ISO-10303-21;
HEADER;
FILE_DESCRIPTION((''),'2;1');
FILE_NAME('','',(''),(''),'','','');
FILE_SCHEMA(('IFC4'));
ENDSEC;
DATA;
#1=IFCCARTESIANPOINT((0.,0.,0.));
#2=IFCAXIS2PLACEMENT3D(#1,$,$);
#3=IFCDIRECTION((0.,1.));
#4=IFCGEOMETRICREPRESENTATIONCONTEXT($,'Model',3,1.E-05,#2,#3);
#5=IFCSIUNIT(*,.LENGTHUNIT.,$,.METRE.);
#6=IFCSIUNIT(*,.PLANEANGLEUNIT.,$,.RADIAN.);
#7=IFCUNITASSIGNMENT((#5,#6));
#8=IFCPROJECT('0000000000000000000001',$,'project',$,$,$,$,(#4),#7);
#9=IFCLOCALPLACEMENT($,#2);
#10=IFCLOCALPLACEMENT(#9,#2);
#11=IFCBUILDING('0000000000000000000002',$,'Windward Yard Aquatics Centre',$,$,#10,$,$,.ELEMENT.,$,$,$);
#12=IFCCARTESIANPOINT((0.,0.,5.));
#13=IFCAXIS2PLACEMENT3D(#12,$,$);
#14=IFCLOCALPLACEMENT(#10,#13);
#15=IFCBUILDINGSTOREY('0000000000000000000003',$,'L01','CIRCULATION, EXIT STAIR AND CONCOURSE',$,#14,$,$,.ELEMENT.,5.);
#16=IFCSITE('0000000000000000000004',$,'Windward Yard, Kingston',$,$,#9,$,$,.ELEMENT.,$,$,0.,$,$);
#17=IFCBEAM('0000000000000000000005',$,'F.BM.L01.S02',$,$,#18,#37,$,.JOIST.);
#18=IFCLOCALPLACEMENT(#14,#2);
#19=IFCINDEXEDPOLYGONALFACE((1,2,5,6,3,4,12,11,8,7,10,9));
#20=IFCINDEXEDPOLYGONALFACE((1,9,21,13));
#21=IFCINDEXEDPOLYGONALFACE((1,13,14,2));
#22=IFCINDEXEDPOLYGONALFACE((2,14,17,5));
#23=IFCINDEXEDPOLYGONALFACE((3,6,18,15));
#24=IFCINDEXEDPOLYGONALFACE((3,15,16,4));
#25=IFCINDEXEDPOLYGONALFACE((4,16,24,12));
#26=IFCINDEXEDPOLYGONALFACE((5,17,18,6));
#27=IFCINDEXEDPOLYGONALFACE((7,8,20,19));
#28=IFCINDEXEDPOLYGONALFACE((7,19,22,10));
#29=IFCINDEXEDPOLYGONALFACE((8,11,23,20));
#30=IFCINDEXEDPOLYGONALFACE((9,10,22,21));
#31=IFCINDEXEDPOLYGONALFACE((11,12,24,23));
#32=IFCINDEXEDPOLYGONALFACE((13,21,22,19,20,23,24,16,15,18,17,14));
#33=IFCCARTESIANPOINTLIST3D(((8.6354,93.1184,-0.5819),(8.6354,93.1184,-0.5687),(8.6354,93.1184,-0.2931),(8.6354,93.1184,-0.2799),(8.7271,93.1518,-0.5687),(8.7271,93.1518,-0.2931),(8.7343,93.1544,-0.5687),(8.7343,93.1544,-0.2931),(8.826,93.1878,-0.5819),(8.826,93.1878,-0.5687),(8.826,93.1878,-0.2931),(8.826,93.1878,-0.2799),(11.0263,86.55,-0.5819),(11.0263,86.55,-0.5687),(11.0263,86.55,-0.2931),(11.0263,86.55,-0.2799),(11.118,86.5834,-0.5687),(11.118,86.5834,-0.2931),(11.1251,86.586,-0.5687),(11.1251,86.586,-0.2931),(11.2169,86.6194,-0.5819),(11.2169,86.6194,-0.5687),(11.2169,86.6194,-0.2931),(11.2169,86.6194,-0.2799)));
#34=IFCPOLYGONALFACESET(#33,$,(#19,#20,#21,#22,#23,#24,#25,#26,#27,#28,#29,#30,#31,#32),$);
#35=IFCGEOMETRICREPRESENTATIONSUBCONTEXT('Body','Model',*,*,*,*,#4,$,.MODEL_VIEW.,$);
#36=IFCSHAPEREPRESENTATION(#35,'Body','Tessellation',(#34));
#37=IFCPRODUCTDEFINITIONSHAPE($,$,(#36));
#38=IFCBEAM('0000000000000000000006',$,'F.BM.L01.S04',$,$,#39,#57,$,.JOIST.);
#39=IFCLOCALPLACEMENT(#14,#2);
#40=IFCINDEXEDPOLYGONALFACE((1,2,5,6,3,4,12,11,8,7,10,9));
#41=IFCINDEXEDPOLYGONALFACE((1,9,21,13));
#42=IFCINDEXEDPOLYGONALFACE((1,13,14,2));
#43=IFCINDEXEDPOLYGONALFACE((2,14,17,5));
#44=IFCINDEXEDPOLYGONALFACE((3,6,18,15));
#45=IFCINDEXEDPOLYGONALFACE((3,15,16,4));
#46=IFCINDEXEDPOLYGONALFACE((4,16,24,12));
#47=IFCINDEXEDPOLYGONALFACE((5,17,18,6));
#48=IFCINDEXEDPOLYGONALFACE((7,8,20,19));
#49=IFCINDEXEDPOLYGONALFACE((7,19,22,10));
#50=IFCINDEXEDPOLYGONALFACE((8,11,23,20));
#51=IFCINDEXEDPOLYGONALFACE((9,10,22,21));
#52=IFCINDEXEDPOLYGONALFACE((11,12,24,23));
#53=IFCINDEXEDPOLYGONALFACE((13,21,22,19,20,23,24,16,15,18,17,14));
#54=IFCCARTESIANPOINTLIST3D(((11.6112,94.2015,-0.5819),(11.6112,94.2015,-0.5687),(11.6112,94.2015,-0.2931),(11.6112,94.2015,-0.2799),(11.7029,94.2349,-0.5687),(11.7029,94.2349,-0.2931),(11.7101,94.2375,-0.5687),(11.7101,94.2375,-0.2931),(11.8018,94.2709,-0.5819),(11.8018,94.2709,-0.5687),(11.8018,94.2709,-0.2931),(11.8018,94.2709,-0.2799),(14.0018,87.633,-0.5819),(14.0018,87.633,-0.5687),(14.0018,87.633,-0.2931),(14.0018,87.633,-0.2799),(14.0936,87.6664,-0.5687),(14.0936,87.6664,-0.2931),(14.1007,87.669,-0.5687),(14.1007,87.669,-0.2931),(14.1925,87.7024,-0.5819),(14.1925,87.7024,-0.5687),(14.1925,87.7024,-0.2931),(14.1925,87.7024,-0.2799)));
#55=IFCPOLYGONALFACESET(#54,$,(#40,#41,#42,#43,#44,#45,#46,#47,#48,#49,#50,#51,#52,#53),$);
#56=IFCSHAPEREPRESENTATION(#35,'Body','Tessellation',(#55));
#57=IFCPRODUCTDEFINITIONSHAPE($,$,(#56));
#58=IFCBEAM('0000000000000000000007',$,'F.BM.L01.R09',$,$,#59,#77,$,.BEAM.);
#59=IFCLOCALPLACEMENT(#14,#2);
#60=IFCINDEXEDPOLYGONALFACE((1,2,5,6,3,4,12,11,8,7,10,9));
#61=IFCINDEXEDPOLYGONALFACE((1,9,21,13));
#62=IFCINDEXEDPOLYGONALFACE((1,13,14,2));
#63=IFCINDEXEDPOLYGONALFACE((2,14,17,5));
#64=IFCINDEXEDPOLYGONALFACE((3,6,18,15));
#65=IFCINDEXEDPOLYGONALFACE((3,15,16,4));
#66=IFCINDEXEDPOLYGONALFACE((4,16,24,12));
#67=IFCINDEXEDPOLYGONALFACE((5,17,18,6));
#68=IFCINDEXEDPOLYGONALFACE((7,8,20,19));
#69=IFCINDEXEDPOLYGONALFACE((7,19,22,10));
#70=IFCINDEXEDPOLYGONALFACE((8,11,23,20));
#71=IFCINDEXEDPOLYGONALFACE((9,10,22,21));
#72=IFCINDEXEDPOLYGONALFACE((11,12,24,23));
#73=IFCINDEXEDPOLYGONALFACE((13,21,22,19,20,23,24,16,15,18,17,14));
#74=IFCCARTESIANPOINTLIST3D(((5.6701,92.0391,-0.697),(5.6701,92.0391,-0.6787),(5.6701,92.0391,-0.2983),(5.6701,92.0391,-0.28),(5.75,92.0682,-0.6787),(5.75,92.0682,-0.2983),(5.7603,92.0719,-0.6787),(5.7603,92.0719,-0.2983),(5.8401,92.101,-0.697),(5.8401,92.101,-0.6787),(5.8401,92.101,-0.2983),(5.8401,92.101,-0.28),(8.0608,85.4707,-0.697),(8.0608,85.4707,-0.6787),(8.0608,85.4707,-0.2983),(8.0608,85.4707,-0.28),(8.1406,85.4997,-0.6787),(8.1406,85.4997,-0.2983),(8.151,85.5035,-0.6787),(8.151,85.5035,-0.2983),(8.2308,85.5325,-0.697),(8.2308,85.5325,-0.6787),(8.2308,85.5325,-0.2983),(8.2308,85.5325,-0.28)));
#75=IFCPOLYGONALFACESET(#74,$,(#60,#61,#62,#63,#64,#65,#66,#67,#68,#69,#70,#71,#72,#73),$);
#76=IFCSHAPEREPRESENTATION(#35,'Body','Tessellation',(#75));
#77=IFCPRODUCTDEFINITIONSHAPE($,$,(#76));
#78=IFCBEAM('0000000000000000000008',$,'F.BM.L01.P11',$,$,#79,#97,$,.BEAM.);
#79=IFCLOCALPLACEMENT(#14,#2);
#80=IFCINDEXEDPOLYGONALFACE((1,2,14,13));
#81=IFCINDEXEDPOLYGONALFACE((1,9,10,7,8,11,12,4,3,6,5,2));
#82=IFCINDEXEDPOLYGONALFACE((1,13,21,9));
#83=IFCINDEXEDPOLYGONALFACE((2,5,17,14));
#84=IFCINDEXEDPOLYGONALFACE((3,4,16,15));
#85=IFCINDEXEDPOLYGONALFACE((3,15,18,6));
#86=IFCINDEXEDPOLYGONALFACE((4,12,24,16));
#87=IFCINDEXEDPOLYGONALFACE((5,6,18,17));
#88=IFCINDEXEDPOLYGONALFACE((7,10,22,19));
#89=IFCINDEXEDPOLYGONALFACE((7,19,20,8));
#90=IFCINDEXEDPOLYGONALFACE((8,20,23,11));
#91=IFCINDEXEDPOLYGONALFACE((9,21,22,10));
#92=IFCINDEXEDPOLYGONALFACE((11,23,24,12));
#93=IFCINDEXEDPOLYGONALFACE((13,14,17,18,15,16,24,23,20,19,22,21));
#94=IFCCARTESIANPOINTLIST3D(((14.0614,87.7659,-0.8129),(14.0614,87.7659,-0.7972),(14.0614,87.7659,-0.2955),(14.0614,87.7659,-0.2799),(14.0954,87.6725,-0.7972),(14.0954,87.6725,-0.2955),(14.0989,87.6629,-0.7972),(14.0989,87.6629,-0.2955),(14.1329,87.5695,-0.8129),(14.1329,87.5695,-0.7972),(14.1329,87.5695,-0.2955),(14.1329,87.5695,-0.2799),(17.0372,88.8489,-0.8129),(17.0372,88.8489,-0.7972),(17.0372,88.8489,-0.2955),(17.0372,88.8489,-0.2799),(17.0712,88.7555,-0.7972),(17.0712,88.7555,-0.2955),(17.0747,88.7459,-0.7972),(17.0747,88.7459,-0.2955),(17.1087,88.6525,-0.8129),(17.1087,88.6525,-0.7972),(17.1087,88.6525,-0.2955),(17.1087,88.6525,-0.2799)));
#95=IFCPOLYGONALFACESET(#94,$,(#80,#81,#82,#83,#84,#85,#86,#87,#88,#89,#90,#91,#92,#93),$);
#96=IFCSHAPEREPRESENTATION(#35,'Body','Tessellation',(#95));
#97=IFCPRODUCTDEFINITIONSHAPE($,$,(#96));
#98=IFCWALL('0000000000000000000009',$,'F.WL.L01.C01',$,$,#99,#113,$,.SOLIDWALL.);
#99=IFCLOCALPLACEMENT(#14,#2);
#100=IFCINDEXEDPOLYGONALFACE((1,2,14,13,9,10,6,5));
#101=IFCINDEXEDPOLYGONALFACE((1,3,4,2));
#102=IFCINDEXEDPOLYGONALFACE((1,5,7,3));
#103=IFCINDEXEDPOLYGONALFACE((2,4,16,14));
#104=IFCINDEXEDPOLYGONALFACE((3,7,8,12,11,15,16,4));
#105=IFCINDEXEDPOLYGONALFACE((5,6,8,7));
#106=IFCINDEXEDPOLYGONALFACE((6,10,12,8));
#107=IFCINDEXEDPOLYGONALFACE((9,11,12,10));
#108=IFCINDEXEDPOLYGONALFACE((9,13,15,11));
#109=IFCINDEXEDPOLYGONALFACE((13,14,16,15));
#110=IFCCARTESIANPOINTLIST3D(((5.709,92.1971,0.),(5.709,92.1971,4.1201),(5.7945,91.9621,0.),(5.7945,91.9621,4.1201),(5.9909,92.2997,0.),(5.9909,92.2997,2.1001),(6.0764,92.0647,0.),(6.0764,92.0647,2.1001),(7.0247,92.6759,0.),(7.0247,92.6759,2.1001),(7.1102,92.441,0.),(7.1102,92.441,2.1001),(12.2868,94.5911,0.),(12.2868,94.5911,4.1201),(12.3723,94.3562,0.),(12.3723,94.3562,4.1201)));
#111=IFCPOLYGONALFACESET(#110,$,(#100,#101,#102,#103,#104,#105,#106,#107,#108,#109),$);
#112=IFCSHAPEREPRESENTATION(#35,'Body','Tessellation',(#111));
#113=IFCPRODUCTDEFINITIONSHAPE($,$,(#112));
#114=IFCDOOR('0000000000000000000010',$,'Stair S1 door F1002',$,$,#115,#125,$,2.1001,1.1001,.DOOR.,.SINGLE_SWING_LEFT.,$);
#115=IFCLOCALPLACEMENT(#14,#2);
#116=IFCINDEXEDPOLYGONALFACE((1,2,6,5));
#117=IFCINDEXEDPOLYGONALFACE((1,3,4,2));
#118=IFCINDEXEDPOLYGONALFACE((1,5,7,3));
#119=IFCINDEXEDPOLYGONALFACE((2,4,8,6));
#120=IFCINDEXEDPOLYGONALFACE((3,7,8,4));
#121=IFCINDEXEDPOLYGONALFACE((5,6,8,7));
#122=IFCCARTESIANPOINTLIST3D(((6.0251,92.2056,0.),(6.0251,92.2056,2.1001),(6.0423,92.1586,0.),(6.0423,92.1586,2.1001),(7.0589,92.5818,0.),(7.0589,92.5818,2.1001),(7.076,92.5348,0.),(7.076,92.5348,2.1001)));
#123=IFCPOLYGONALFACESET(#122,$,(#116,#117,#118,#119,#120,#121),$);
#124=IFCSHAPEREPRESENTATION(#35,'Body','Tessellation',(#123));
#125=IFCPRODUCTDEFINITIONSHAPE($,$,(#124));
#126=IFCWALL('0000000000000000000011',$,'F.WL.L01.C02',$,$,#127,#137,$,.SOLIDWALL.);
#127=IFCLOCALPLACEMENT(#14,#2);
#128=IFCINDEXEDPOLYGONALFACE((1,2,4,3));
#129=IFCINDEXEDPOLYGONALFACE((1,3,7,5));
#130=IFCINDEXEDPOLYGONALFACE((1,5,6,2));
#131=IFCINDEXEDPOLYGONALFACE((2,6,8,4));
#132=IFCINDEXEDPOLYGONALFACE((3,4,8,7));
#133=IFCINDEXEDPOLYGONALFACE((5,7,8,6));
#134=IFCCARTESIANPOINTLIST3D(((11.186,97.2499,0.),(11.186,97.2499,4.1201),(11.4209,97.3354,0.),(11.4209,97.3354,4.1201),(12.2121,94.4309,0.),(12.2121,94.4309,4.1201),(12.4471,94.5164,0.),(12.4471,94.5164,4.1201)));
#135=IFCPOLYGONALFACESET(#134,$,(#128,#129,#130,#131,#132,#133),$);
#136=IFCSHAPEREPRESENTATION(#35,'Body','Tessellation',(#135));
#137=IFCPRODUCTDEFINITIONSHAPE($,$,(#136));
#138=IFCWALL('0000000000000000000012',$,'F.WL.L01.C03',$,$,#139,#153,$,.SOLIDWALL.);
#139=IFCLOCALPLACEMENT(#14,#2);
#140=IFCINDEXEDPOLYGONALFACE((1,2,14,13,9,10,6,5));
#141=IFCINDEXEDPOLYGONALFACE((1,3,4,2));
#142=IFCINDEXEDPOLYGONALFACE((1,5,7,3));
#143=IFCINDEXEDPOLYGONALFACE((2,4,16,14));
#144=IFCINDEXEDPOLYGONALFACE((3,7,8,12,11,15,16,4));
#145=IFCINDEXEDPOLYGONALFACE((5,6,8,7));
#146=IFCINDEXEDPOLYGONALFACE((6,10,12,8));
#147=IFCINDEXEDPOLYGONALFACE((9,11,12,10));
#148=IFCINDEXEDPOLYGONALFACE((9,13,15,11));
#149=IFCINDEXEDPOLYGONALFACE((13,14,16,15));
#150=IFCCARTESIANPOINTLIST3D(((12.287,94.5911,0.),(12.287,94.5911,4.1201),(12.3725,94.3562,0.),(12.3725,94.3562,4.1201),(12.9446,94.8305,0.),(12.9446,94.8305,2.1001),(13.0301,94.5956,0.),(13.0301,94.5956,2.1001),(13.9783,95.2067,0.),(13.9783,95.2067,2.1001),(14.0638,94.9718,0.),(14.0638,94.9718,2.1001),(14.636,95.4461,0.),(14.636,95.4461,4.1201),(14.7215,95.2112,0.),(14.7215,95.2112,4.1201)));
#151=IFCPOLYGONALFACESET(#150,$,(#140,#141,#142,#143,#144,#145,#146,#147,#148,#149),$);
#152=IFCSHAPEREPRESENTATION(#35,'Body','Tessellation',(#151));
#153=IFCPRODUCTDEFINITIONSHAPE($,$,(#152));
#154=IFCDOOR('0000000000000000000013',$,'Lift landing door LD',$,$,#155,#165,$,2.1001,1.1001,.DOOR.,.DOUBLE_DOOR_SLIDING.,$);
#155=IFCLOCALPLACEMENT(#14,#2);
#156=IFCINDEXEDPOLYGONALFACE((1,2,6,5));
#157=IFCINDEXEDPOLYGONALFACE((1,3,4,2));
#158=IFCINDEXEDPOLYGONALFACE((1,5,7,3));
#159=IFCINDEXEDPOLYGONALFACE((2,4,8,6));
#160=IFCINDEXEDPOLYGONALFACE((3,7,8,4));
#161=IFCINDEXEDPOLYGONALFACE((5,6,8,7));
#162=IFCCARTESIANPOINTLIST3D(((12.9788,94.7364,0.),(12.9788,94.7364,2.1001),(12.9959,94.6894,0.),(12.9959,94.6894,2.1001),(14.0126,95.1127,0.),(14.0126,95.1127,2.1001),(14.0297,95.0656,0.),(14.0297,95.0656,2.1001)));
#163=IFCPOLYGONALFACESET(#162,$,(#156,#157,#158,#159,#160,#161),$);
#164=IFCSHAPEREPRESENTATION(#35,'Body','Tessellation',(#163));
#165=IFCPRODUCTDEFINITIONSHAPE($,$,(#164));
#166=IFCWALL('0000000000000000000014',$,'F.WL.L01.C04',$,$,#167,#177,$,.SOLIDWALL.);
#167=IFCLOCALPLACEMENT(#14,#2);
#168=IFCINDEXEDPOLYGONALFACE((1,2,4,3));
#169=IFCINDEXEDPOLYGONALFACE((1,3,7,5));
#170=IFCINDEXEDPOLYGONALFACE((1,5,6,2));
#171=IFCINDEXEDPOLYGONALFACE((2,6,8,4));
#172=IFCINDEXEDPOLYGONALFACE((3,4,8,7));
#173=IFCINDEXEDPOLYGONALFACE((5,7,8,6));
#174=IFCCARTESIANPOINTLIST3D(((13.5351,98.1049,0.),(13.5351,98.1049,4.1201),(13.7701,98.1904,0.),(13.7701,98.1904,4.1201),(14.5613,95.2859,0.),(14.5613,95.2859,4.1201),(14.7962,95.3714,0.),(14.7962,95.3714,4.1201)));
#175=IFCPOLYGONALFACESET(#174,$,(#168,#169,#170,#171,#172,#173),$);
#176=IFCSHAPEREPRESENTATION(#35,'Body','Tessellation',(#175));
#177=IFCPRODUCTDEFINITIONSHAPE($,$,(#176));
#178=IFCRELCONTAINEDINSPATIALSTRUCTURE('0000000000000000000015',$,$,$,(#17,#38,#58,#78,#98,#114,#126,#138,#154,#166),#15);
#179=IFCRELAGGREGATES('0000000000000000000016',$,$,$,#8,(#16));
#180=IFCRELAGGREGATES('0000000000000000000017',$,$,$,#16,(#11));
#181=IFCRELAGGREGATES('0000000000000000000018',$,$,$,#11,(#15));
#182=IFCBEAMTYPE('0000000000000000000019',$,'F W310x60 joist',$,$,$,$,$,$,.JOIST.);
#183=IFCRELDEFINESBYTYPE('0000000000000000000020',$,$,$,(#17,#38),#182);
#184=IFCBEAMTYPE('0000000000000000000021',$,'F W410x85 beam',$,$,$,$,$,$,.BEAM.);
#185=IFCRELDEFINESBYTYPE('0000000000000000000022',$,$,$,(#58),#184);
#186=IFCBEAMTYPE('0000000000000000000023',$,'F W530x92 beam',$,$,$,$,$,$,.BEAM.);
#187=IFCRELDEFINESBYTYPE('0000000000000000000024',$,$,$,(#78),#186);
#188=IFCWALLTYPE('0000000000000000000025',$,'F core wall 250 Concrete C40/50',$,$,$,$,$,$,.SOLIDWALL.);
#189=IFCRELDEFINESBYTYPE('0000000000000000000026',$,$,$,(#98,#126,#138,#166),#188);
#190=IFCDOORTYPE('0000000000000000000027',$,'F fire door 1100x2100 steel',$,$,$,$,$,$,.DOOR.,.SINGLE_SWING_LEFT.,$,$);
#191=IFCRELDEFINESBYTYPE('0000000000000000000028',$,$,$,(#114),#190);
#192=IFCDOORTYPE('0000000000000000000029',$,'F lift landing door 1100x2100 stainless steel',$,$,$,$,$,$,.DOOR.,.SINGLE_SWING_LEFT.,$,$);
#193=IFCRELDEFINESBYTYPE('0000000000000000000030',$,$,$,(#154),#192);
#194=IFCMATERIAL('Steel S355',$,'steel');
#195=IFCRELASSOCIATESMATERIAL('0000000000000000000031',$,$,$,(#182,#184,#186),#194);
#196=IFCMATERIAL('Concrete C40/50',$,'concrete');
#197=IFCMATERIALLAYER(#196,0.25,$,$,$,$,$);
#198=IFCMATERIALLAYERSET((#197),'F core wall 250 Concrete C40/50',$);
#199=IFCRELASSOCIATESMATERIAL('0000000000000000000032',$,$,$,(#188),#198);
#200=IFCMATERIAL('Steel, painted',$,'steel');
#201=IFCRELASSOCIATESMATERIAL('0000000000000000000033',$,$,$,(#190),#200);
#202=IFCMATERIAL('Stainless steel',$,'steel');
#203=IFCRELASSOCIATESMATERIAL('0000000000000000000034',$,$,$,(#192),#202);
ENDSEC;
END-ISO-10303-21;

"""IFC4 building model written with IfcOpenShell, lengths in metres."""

from ifc_helpers import new_model, si_unit, direction, frame, frame_2d, origin, origin_2d, place, context, subcontext, project, spatial, rectangle, i_section, extrude, material, layer, layer_set, material_profile, profile_set, type_object, element, fill, save


model = new_model("IFC4")

# Units and contexts
model_context = context("Model", 3, precision=1e-05, world=origin(), true_north=direction((0.0, 1.0)))
body_context = subcontext(model_context, "Body", "Model", "MODEL_VIEW")
ifc_project = project(units=[si_unit("LENGTHUNIT", "METRE"), si_unit("PLANEANGLEUNIT", "RADIAN")], contexts=[model_context])

# Site, building, storey
site_placement = place(None, origin())
site = spatial("IfcSite", under=ifc_project, at=site_placement, Name="Windward Yard, Kingston", CompositionType="ELEMENT", RefElevation=0.0)
building_placement = place(site_placement, origin())
building = spatial("IfcBuilding", under=site, at=building_placement, Name="Windward Yard Aquatics Centre", CompositionType="ELEMENT")
storey_placement = place(building_placement, frame((0.0, 0.0, 5.0)))
storey = spatial("IfcBuildingStorey", under=building, at=storey_placement, Name="L01", Description="CIRCULATION, EXIT STAIR AND CONCOURSE", CompositionType="ELEMENT", Elevation=5.0)

# Beams
ifc_material_1 = material(Name="Steel S355", Category="steel")
ifc_material_profile_1 = material_profile(ifc_material_1, i_section(OverallWidth=0.2029, OverallDepth=0.302, WebThickness=0.0076, FlangeThickness=0.0132, at=origin_2d()), Name="W310x60")
ifc_profile_set_1 = profile_set([ifc_material_profile_1], Name="Steel S355")
beam_type_1 = type_object("IfcBeamType", Name="F W310x60 joist", PredefinedType="JOIST", material=ifc_profile_set_1)
for number, where, z_axis, x_axis, name in (
    (1, (11.1216, 86.5847, -0.4309), (-0.342043, 0.939684, 0.0), (-0.939684, -0.342043, 0.0), "F.BM.L01.S02"),
    (2, (14.0972, 87.6677, -0.4309), (-0.342012, 0.939695, 0.0), (-0.939695, -0.342012, 0.0), "F.BM.L01.S04"),
):
    element("IfcBeam", number, at=place(storey_placement, frame(where, z_axis=z_axis, x_axis=x_axis)), inside=storey, type_object=beam_type_1, Name=name, PredefinedType="JOIST", context=body_context, shape_type="SweptSolid", body=[
        extrude(i_section(OverallWidth=0.2029, OverallDepth=0.302, WebThickness=0.0076, FlangeThickness=0.0132, at=origin_2d()), origin(), (0.0, 0.0, 1.0), 6.99),
    ])
ifc_material_profile_2 = material_profile(ifc_material_1, i_section(OverallWidth=0.1809, OverallDepth=0.417, WebThickness=0.011, FlangeThickness=0.0183, at=origin_2d()), Name="W410x85")
ifc_profile_set_2 = profile_set([ifc_material_profile_2], Name="Steel S355")
beam_type_2 = type_object("IfcBeamType", Name="F W410x85 beam", PredefinedType="BEAM", material=ifc_profile_set_2)
beam_1_placement = place(storey_placement, frame((5.7551, 92.0701, -0.4885), z_axis=(0.342012, -0.939695, 0.0), x_axis=(0.939695, 0.342012, 0.0)))
element("IfcBeam", 3, at=beam_1_placement, inside=storey, type_object=beam_type_2, Name="F.BM.L01.R09", PredefinedType="BEAM", context=body_context, shape_type="SweptSolid", body=[
    extrude(i_section(OverallWidth=0.1809, OverallDepth=0.417, WebThickness=0.011, FlangeThickness=0.0183, at=origin_2d()), origin(), (0.0, 0.0, 1.0), 6.99),
])
ifc_material_profile_3 = material_profile(ifc_material_1, i_section(OverallWidth=0.209, OverallDepth=0.533, WebThickness=0.0103, FlangeThickness=0.0156, at=origin_2d()), Name="W530x92")
ifc_profile_set_3 = profile_set([ifc_material_profile_3], Name="Steel S355")
beam_type_3 = type_object("IfcBeamType", Name="F W530x92 beam", PredefinedType="BEAM", material=ifc_profile_set_3)
beam_2_placement = place(storey_placement, frame((14.0972, 87.6677, -0.5464), z_axis=(0.939703, 0.341991, 0.0), x_axis=(-0.341991, 0.939703, 0.0)))
element("IfcBeam", 4, at=beam_2_placement, inside=storey, type_object=beam_type_3, Name="F.BM.L01.P11", PredefinedType="BEAM", context=body_context, shape_type="SweptSolid", body=[
    extrude(i_section(OverallWidth=0.209, OverallDepth=0.533, WebThickness=0.0103, FlangeThickness=0.0156, at=origin_2d()), origin(), (0.0, 0.0, 1.0), 3.1667),
])

# Wall, opening, door
ifc_material_2 = material(Name="Concrete C40/50", Category="concrete")
ifc_layer_1 = layer(ifc_material_2, 0.25)
ifc_layer_set_1 = layer_set([ifc_layer_1], Name="F core wall 250 Concrete C40/50")
wall_type_1 = type_object("IfcWallType", Name="F core wall 250 Concrete C40/50", PredefinedType="SOLIDWALL", material=ifc_layer_set_1)
wall_1_placement = place(storey_placement, frame((5.7517, 92.0796, 0.0), z_axis=(0.0, 0.0, 1.0), x_axis=(0.939698, 0.342006, 0.0)))
wall_1 = element("IfcWall", 5, at=wall_1_placement, inside=storey, type_object=wall_type_1, Name="F.WL.L01.C01", PredefinedType="SOLIDWALL", context=body_context, shape_type="SweptSolid", body=[
    extrude(rectangle(XDim=7.0, YDim=0.25, at=frame_2d((3.5, 0.0))), origin(), (0.0, 0.0, 1.0), 4.1201),
])
opening_1_placement = place(wall_1_placement, frame((0.3, 0.0, 0.0)))
opening_1 = element("IfcOpeningElement", 6, at=opening_1_placement, cuts=wall_1, PredefinedType="OPENING", context=body_context, shape_type="SweptSolid", body=[
    extrude(rectangle(XDim=1.1001, YDim=2.1001, at=frame_2d((0.55, 1.05))), frame((0.0, 0.135, 0.0), z_axis=(0.0, -1.0, 0.0), x_axis=(1.0, 0.0, 0.0)), (0.0, 0.0, 1.0), 0.27),
])
ifc_material_3 = material(Name="Steel, painted", Category="steel")
door_type_1 = type_object("IfcDoorType", Name="F fire door 1100x2100 steel", OperationType="SINGLE_SWING_LEFT", PredefinedType="DOOR", material=ifc_material_3)
door_1_placement = place(opening_1_placement, origin())
door_1 = element("IfcDoor", 7, at=door_1_placement, inside=storey, type_object=door_type_1, Name="Stair S1 door F1002", OperationType="SINGLE_SWING_LEFT", OverallHeight=2.1001, OverallWidth=1.1001, PredefinedType="DOOR", context=body_context, shape_type="SweptSolid", body=[
    extrude(rectangle(XDim=1.1001, YDim=2.1001, at=frame_2d((0.55, 1.05))), frame((0.0, 0.0249, 0.0), z_axis=(0.0, -1.0, 0.0), x_axis=(1.0, 0.0, 0.0)), (0.0, 0.0, 1.0), 0.05),
])
fill(opening_1, door_1)

# Wall
wall_2_placement = place(storey_placement, frame((12.3296, 94.4736, 0.0), z_axis=(0.0, 0.0, 1.0), x_axis=(-0.342037, 0.939686, 0.0)))
element("IfcWall", 8, at=wall_2_placement, inside=storey, type_object=wall_type_1, Name="F.WL.L01.C02", PredefinedType="SOLIDWALL", context=body_context, shape_type="SweptSolid", body=[
    extrude(rectangle(XDim=3.0, YDim=0.25, at=frame_2d((1.5, 0.0))), origin(), (0.0, 0.0, 1.0), 4.1201),
])

# Wall, opening, door
wall_3_placement = place(storey_placement, frame((12.3296, 94.4736, 0.0), z_axis=(0.0, 0.0, 1.0), x_axis=(0.939696, 0.34201, 0.0)))
wall_3 = element("IfcWall", 9, at=wall_3_placement, inside=storey, type_object=wall_type_1, Name="F.WL.L01.C03", PredefinedType="SOLIDWALL", context=body_context, shape_type="SweptSolid", body=[
    extrude(rectangle(XDim=2.4998, YDim=0.25, at=frame_2d((1.25, 0.0))), origin(), (0.0, 0.0, 1.0), 4.1201),
])
opening_2_placement = place(wall_3_placement, frame((0.7, 0.0, 0.0)))
opening_2 = element("IfcOpeningElement", 10, at=opening_2_placement, cuts=wall_3, PredefinedType="OPENING", context=body_context, shape_type="SweptSolid", body=[
    extrude(rectangle(XDim=1.1001, YDim=2.1001, at=frame_2d((0.55, 1.05))), frame((0.0, 0.135, 0.0), z_axis=(0.0, -1.0, 0.0), x_axis=(1.0, 0.0, 0.0)), (0.0, 0.0, 1.0), 0.27),
])
ifc_material_4 = material(Name="Stainless steel", Category="steel")
door_type_2 = type_object("IfcDoorType", Name="F lift landing door 1100x2100 stainless steel", OperationType="SINGLE_SWING_LEFT", PredefinedType="DOOR", material=ifc_material_4)
door_2_placement = place(opening_2_placement, origin())
door_2 = element("IfcDoor", 11, at=door_2_placement, inside=storey, type_object=door_type_2, Name="Lift landing door LD", OperationType="DOUBLE_DOOR_SLIDING", OverallHeight=2.1001, OverallWidth=1.1001, PredefinedType="DOOR", context=body_context, shape_type="SweptSolid", body=[
    extrude(rectangle(XDim=1.1001, YDim=2.1001, at=frame_2d((0.55, 1.05))), frame((0.0, 0.0249, 0.0), z_axis=(0.0, -1.0, 0.0), x_axis=(1.0, 0.0, 0.0)), (0.0, 0.0, 1.0), 0.05),
])
fill(opening_2, door_2)

# Wall
wall_4_placement = place(storey_placement, frame((14.6787, 95.3286, 0.0), z_axis=(0.0, 0.0, 1.0), x_axis=(-0.342037, 0.939686, 0.0)))
element("IfcWall", 12, at=wall_4_placement, inside=storey, type_object=wall_type_1, Name="F.WL.L01.C04", PredefinedType="SOLIDWALL", context=body_context, shape_type="SweptSolid", body=[
    extrude(rectangle(XDim=3.0, YDim=0.25, at=frame_2d((1.5, 0.0))), origin(), (0.0, 0.0, 1.0), 4.1201),
])

save(model, "model.ifc")
